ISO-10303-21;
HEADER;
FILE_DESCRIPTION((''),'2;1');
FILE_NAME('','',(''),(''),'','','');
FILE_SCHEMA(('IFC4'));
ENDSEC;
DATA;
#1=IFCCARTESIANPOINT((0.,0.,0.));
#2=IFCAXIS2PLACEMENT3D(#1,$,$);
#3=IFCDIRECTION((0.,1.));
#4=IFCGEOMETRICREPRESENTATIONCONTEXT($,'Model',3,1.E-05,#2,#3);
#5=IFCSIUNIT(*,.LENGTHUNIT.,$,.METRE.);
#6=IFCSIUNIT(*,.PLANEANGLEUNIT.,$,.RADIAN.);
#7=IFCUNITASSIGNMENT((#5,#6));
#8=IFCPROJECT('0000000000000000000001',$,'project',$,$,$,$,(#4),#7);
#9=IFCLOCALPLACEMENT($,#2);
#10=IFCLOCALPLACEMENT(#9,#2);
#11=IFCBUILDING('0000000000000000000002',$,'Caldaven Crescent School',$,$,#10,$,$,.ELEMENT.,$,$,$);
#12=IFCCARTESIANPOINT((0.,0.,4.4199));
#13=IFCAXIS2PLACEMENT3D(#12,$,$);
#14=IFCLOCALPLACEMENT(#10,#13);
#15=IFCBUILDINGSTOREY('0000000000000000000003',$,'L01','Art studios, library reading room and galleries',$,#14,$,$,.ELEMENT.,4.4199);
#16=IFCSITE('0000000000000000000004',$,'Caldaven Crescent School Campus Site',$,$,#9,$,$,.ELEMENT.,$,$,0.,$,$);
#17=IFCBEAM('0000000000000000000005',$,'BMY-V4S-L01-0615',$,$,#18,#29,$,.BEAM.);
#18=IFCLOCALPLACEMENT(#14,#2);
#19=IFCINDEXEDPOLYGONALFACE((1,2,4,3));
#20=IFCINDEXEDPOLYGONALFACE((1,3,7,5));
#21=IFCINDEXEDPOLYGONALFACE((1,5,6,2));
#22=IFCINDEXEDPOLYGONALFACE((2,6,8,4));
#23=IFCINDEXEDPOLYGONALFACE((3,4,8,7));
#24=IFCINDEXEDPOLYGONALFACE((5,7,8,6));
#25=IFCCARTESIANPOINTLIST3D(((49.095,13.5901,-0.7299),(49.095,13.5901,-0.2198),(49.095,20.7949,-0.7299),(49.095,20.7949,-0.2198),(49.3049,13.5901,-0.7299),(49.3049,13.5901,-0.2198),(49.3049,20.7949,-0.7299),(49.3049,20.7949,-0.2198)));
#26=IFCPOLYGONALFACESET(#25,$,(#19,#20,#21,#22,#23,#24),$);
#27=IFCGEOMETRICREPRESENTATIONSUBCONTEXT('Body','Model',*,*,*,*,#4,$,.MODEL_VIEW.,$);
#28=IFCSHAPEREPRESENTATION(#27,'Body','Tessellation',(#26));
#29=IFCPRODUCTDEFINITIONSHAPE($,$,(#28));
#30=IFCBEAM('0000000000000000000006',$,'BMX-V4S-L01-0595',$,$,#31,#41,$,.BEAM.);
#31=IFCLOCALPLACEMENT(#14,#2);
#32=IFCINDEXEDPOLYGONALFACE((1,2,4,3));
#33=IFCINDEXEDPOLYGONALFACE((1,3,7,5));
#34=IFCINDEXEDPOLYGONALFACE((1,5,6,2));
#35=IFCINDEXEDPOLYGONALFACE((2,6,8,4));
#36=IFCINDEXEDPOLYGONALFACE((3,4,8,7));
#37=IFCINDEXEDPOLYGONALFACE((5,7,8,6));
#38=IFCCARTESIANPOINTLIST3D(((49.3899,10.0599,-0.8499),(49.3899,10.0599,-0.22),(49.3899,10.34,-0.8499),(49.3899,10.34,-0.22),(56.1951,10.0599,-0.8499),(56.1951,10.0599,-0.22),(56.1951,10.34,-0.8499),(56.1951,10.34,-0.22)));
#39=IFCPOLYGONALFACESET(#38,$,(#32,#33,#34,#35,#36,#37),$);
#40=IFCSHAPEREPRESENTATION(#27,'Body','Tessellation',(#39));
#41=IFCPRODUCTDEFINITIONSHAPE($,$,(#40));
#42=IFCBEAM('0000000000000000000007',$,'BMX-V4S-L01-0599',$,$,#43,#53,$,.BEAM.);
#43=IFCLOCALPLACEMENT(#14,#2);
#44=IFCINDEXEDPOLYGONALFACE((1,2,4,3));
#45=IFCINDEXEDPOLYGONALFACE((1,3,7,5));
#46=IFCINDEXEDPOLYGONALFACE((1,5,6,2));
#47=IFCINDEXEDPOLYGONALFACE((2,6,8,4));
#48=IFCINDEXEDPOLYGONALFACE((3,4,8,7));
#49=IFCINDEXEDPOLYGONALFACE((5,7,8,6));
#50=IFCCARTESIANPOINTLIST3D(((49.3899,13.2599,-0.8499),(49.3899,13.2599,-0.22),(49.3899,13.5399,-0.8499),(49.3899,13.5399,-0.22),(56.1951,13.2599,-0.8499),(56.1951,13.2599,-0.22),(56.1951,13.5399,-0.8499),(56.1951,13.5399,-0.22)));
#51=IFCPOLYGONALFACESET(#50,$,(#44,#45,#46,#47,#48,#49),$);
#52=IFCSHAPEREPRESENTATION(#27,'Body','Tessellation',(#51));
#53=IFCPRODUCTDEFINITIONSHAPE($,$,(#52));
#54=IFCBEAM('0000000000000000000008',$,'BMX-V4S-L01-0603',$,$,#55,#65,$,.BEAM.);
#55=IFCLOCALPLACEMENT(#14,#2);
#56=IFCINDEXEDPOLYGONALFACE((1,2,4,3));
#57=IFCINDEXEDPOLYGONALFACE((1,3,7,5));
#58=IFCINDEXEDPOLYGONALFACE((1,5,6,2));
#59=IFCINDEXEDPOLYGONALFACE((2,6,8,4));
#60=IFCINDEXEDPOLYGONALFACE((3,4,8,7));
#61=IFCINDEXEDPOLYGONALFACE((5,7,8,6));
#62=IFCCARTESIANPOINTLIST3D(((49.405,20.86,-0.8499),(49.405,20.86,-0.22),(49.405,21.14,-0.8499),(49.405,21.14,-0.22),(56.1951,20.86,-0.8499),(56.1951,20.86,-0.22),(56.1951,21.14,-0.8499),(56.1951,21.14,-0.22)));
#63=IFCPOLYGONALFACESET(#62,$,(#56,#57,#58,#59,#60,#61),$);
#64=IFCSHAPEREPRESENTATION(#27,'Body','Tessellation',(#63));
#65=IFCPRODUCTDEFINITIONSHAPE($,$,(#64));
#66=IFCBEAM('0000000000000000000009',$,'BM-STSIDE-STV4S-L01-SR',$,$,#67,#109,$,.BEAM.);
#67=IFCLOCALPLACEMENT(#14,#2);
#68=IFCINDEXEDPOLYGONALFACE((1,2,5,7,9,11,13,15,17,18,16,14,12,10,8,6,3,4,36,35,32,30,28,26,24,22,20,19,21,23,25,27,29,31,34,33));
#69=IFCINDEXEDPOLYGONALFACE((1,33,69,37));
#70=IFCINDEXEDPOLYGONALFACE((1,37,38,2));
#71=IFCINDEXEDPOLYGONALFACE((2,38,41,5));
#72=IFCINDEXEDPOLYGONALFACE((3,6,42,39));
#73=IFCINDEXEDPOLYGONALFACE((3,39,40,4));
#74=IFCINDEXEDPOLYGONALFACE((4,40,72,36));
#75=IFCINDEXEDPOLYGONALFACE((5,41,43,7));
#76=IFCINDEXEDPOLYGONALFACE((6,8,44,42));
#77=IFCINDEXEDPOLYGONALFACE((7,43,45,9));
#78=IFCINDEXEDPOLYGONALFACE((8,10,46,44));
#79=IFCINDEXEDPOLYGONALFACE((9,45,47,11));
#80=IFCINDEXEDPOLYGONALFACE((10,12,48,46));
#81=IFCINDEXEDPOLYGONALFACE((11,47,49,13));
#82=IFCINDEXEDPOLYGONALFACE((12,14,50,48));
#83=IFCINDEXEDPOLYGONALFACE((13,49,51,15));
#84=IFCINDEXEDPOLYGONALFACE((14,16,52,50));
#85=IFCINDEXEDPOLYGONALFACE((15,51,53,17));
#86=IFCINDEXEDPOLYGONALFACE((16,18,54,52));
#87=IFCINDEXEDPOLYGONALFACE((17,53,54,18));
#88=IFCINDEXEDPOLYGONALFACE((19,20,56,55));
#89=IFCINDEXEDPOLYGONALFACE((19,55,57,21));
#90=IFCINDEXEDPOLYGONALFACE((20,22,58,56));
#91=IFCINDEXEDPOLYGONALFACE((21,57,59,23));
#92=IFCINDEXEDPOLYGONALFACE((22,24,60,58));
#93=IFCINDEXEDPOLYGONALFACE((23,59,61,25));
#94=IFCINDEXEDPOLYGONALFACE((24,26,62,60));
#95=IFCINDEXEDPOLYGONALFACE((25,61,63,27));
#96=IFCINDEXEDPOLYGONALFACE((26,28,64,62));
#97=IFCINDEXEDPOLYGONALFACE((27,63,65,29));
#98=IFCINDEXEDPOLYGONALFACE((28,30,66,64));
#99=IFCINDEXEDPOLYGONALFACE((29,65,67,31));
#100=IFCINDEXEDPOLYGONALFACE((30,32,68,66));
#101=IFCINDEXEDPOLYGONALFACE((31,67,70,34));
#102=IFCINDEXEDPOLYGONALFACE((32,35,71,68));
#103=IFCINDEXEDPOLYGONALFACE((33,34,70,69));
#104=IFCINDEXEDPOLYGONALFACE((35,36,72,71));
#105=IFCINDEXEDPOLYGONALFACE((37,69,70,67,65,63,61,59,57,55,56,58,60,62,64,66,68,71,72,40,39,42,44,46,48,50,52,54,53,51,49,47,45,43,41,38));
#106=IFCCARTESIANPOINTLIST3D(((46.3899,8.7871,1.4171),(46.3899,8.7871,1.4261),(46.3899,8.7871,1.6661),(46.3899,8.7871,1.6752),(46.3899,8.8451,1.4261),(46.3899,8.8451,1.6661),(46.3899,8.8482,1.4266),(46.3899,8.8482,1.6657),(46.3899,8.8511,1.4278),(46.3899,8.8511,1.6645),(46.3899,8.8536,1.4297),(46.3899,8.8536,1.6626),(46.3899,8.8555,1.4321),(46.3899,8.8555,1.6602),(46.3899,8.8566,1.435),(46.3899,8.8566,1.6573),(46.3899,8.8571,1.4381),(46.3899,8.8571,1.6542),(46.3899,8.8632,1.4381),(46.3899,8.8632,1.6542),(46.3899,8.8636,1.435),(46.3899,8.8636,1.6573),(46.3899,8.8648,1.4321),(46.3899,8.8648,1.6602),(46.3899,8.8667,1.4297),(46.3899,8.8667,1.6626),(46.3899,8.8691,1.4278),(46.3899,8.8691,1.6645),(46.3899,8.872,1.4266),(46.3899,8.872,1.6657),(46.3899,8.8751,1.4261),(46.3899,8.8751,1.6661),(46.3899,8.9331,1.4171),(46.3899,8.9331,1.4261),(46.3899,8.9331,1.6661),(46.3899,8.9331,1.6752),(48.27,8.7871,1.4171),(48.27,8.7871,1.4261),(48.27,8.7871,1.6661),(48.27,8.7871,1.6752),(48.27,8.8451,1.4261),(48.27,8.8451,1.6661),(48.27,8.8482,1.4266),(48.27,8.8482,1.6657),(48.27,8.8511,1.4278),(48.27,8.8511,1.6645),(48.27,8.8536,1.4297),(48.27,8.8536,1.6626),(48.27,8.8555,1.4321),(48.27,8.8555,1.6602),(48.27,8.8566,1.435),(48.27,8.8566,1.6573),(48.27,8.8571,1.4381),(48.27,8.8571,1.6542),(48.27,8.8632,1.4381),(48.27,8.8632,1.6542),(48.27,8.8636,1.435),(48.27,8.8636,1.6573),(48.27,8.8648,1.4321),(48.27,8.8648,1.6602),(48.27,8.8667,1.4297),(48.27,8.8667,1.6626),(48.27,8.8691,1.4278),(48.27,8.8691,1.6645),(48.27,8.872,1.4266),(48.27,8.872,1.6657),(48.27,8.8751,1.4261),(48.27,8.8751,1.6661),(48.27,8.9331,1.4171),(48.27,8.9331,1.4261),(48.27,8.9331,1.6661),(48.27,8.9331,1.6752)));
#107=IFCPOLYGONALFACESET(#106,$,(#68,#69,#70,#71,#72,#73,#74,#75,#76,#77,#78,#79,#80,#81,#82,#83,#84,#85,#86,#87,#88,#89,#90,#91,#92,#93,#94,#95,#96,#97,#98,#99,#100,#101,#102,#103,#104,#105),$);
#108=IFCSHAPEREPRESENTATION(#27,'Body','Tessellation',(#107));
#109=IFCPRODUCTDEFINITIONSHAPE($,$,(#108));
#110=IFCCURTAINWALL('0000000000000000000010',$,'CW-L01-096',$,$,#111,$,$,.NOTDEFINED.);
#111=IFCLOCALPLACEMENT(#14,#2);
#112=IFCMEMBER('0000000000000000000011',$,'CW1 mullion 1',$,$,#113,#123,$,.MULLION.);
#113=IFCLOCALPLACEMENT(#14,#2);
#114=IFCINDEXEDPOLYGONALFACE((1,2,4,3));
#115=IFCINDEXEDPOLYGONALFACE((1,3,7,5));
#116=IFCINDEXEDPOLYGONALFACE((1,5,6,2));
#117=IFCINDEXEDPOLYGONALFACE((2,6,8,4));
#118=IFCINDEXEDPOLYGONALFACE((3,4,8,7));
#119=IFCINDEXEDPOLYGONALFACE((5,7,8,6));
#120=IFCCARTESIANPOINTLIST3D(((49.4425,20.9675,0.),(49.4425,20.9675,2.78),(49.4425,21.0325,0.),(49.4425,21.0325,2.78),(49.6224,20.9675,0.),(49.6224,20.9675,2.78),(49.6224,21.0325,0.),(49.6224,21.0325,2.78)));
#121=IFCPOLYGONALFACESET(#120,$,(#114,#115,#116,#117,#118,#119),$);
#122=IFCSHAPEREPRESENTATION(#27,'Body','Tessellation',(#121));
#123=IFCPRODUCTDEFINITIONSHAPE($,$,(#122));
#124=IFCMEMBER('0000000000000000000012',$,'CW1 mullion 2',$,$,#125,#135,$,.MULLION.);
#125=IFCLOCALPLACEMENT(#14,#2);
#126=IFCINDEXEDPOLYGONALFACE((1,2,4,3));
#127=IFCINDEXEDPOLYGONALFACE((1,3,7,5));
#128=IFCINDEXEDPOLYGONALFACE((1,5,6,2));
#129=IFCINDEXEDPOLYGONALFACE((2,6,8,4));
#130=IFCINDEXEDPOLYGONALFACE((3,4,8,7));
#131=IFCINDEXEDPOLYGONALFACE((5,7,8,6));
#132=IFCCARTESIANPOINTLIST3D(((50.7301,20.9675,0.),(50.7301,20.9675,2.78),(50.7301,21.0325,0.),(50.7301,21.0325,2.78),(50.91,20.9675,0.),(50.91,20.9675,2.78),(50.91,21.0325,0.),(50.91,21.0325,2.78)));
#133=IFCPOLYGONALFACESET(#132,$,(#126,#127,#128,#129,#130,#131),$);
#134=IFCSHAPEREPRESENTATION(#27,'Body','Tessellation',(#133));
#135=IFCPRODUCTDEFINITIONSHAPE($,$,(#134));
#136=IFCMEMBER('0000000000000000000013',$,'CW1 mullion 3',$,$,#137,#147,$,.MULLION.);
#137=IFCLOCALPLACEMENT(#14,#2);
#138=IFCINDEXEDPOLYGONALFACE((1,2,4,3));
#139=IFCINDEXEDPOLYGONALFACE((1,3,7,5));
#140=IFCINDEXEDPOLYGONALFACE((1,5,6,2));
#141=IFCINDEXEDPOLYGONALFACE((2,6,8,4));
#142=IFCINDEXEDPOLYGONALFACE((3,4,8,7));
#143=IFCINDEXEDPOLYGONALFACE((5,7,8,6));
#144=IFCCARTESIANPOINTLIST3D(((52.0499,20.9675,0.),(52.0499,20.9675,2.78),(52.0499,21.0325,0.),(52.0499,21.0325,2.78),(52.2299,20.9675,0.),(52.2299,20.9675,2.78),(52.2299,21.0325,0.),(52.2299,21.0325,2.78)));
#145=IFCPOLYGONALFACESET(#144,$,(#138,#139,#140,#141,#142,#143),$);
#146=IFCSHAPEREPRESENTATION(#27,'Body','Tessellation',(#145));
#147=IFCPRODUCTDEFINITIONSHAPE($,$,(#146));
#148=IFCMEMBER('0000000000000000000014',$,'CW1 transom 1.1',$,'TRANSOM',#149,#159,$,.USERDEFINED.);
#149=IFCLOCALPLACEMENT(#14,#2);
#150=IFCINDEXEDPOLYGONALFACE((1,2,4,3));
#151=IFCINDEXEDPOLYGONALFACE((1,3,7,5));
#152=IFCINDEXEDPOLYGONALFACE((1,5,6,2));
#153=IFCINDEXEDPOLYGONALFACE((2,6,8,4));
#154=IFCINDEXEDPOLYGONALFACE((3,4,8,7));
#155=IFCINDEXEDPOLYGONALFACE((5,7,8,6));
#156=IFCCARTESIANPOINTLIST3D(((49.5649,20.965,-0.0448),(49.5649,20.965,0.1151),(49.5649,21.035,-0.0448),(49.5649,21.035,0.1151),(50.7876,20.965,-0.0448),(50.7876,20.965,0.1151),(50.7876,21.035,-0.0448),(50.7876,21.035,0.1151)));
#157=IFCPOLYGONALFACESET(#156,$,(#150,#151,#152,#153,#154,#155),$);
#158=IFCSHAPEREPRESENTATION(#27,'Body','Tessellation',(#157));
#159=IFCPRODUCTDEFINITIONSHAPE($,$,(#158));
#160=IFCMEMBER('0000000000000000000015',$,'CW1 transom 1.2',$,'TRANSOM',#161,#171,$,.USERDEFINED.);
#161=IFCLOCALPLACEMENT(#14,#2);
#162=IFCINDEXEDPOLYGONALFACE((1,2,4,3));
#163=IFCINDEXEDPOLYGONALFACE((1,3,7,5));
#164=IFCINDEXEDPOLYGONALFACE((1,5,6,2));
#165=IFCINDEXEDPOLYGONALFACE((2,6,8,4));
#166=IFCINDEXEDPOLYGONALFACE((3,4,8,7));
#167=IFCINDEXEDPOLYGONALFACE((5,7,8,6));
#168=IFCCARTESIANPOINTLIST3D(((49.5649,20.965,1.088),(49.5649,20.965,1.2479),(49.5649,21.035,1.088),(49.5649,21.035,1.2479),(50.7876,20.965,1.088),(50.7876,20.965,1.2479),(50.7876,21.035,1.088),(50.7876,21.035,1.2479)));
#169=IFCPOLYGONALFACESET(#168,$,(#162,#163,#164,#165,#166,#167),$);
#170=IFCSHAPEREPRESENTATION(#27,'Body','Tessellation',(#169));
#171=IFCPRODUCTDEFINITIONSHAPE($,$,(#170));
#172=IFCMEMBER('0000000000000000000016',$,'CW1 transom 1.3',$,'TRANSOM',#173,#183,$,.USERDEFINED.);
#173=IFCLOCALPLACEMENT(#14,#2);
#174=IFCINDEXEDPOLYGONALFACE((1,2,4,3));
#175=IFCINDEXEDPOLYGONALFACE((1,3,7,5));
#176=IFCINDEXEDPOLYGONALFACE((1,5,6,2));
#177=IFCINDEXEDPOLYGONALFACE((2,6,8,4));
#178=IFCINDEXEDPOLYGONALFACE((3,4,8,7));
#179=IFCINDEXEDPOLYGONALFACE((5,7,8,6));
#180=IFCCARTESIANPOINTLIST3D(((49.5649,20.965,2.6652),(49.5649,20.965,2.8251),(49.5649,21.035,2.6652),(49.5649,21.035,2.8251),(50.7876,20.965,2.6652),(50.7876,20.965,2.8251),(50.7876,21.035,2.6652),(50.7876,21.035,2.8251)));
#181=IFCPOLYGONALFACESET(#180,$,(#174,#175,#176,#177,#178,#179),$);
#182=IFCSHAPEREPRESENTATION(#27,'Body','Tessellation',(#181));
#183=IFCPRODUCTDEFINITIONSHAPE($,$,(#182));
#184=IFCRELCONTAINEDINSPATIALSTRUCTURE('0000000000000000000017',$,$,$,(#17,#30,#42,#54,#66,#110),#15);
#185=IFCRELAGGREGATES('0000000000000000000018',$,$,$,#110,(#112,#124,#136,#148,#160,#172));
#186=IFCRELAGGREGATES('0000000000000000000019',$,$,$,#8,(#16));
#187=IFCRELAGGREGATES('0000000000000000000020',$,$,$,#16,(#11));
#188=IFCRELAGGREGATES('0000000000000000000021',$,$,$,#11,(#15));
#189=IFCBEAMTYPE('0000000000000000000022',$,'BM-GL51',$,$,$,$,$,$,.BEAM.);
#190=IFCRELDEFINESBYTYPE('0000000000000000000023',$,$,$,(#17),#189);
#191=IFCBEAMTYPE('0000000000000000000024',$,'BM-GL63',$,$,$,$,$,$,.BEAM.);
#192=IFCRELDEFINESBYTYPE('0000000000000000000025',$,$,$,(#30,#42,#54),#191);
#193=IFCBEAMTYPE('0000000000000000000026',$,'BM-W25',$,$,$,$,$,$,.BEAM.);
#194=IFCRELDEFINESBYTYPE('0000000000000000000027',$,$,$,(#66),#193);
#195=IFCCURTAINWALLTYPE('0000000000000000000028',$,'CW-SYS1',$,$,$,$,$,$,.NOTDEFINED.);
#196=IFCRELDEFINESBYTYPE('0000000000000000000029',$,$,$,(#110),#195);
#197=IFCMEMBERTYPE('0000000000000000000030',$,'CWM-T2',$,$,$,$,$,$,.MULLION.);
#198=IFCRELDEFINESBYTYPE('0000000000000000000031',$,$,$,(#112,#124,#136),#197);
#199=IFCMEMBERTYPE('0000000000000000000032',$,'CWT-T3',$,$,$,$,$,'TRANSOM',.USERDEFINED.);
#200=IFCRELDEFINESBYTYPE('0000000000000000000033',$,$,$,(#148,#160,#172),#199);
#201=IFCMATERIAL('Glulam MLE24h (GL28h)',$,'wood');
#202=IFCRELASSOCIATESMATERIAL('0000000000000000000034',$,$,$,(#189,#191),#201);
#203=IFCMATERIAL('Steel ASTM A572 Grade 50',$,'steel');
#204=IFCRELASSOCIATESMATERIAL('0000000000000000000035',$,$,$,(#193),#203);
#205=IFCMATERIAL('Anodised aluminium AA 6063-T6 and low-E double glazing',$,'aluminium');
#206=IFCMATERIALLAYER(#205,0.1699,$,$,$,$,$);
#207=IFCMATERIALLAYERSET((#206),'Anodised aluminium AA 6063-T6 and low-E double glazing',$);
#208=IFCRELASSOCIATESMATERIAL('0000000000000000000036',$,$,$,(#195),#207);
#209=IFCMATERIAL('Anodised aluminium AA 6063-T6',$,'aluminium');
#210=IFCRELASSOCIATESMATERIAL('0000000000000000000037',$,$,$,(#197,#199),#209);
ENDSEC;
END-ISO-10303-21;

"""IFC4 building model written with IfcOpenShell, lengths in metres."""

from ifc_helpers import new_model, si_unit, direction, frame, origin, origin_2d, place, context, subcontext, project, spatial, rectangle, i_section, extrude, material, layer, layer_set, material_profile, profile_set, type_object, element, aggregate, save


model = new_model("IFC4")

# Units and contexts
model_context = context("Model", 3, precision=1e-05, world=origin(), true_north=direction((0.0, 1.0)))
body_context = subcontext(model_context, "Body", "Model", "MODEL_VIEW")
ifc_project = project(units=[si_unit("LENGTHUNIT", "METRE"), si_unit("PLANEANGLEUNIT", "RADIAN")], contexts=[model_context])

# Site, building, storey
site_placement = place(None, origin())
site = spatial("IfcSite", under=ifc_project, at=site_placement, Name="Caldaven Crescent School Campus Site", CompositionType="ELEMENT", RefElevation=0.0)
building_placement = place(site_placement, origin())
building = spatial("IfcBuilding", under=site, at=building_placement, Name="Caldaven Crescent School", CompositionType="ELEMENT")
storey_placement = place(building_placement, frame((0.0, 0.0, 4.4199)))
storey = spatial("IfcBuildingStorey", under=building, at=storey_placement, Name="L01", Description="Art studios, library reading room and galleries", CompositionType="ELEMENT", Elevation=4.4199)

# Shared definitions
ifc_material_1 = material(Name="Glulam MLE24h (GL28h)", Category="wood")
ifc_material_2 = material(Name="Steel ASTM A572 Grade 50", Category="steel")

# Beams
ifc_material_profile_1 = material_profile(ifc_material_1, rectangle(XDim=0.21, YDim=0.51, at=origin_2d()), Name="MLE 210x510")
ifc_profile_set_1 = profile_set([ifc_material_profile_1], Name="Glulam MLE24h (GL28h)")
beam_type_1 = type_object("IfcBeamType", Name="BM-GL51", PredefinedType="BEAM", material=ifc_profile_set_1)
beam_1_placement = place(storey_placement, frame((49.2, 13.5901, -0.4749), z_axis=(0.0, 1.0, 0.0), x_axis=(-1.0, 0.0, 0.0)))
element("IfcBeam", 1, at=beam_1_placement, inside=storey, type_object=beam_type_1, Name="BMY-V4S-L01-0615", PredefinedType="BEAM", context=body_context, shape_type="SweptSolid", body=[
    extrude(rectangle(XDim=0.21, YDim=0.51, at=origin_2d()), origin(), (0.0, 0.0, 1.0), 7.2048),
])
ifc_material_profile_2 = material_profile(ifc_material_1, rectangle(XDim=0.28, YDim=0.6299, at=origin_2d()), Name="MLE 280x630")
ifc_profile_set_2 = profile_set([ifc_material_profile_2], Name="Glulam MLE24h (GL28h)")
beam_type_2 = type_object("IfcBeamType", Name="BM-GL63", PredefinedType="BEAM", material=ifc_profile_set_2)
for number, where, z_axis, x_axis, name in (
    (2, (49.3899, 10.2, -0.5349), (1.0, 0.0, 0.0), (0.0, 1.0, 0.0), "BMX-V4S-L01-0595"),
    (3, (49.3899, 13.3999, -0.5349), (1.0, 0.0, 0.0), (0.0, 1.0, 0.0), "BMX-V4S-L01-0599"),
):
    element("IfcBeam", number, at=place(storey_placement, frame(where, z_axis=z_axis, x_axis=x_axis)), inside=storey, type_object=beam_type_2, Name=name, PredefinedType="BEAM", context=body_context, shape_type="SweptSolid", body=[
        extrude(rectangle(XDim=0.28, YDim=0.6299, at=origin_2d()), origin(), (0.0, 0.0, 1.0), 6.8052),
    ])
beam_2_placement = place(storey_placement, frame((49.405, 21.0, -0.5349), z_axis=(1.0, 0.0, 0.0), x_axis=(0.0, 1.0, 0.0)))
element("IfcBeam", 4, at=beam_2_placement, inside=storey, type_object=beam_type_2, Name="BMX-V4S-L01-0603", PredefinedType="BEAM", context=body_context, shape_type="SweptSolid", body=[
    extrude(rectangle(XDim=0.28, YDim=0.6299, at=origin_2d()), origin(), (0.0, 0.0, 1.0), 6.79),
])
ifc_material_profile_3 = material_profile(ifc_material_2, i_section(OverallWidth=0.146, OverallDepth=0.2581, WebThickness=0.0061, FlangeThickness=0.009, FilletRadius=0.012, at=origin_2d()), Name="W250x33")
ifc_profile_set_3 = profile_set([ifc_material_profile_3], Name="Steel ASTM A572 Grade 50")
beam_type_3 = type_object("IfcBeamType", Name="BM-W25", PredefinedType="BEAM", material=ifc_profile_set_3)
beam_3_placement = place(storey_placement, frame((46.3899, 8.8601, 1.5461), z_axis=(1.0, 0.0, 0.0), x_axis=(0.0, 1.0, 0.0)))
element("IfcBeam", 5, at=beam_3_placement, inside=storey, type_object=beam_type_3, Name="BM-STSIDE-STV4S-L01-SR", PredefinedType="BEAM", context=body_context, shape_type="SweptSolid", body=[
    extrude(i_section(OverallWidth=0.146, OverallDepth=0.2581, WebThickness=0.0061, FlangeThickness=0.009, FilletRadius=0.012, at=origin_2d()), origin(), (0.0, 0.0, 1.0), 1.8801),
])

# Curtain wall, members
ifc_material_3 = material(Name="Anodised aluminium AA 6063-T6 and low-E double glazing", Category="aluminium")
ifc_layer_1 = layer(ifc_material_3, 0.1699)
ifc_layer_set_1 = layer_set([ifc_layer_1], Name="Anodised aluminium AA 6063-T6 and low-E double glazing")
curtain_wall_type = type_object("IfcCurtainWallType", Name="CW-SYS1", PredefinedType="NOTDEFINED", material=ifc_layer_set_1)
curtain_wall_placement = place(storey_placement, origin())
curtain_wall = element("IfcCurtainWall", 6, at=curtain_wall_placement, inside=storey, type_object=curtain_wall_type, Name="CW-L01-096", PredefinedType="NOTDEFINED")
ifc_material_4 = material(Name="Anodised aluminium AA 6063-T6", Category="aluminium")
ifc_material_profile_4 = material_profile(ifc_material_4, rectangle(XDim=0.0649, YDim=0.1799, at=origin_2d()), Name="CWM 65x180")
ifc_profile_set_4 = profile_set([ifc_material_profile_4], Name="Anodised aluminium AA 6063-T6")
member_type_1 = type_object("IfcMemberType", Name="CWM-T2", PredefinedType="MULLION", material=ifc_profile_set_4)
member_1_placement = place(storey_placement, frame((49.5325, 21.0, 0.0), z_axis=(0.0, 0.0, 1.0), x_axis=(0.0, 1.0, 0.0)))
member_1 = element("IfcMember", 7, at=member_1_placement, type_object=member_type_1, Name="CW1 mullion 1", PredefinedType="MULLION", context=body_context, shape_type="SweptSolid", body=[
    extrude(rectangle(XDim=0.0649, YDim=0.1799, at=origin_2d()), origin(), (0.0, 0.0, 1.0), 2.78),
])
member_2_placement = place(storey_placement, frame((50.8201, 21.0, 0.0), z_axis=(0.0, 0.0, 1.0), x_axis=(0.0, 1.0, 0.0)))
member_2 = element("IfcMember", 8, at=member_2_placement, type_object=member_type_1, Name="CW1 mullion 2", PredefinedType="MULLION", context=body_context, shape_type="SweptSolid", body=[
    extrude(rectangle(XDim=0.0649, YDim=0.1799, at=origin_2d()), origin(), (0.0, 0.0, 1.0), 2.78),
])
member_3_placement = place(storey_placement, frame((52.1399, 21.0, 0.0), z_axis=(0.0, 0.0, 1.0), x_axis=(0.0, 1.0, 0.0)))
member_3 = element("IfcMember", 9, at=member_3_placement, type_object=member_type_1, Name="CW1 mullion 3", PredefinedType="MULLION", context=body_context, shape_type="SweptSolid", body=[
    extrude(rectangle(XDim=0.0649, YDim=0.1799, at=origin_2d()), origin(), (0.0, 0.0, 1.0), 2.78),
])
ifc_material_profile_5 = material_profile(ifc_material_4, rectangle(XDim=0.0701, YDim=0.1599, at=origin_2d()), Name="CWT 70x160")
ifc_profile_set_5 = profile_set([ifc_material_profile_5], Name="Anodised aluminium AA 6063-T6")
member_type_2 = type_object("IfcMemberType", Name="CWT-T3", ElementType="TRANSOM", PredefinedType="USERDEFINED", material=ifc_profile_set_5)
member_4_placement = place(storey_placement, frame((49.5649, 21.0, 0.0352), z_axis=(1.0, 0.0, 0.0), x_axis=(0.0, 1.0, 0.0)))
member_4 = element("IfcMember", 10, at=member_4_placement, type_object=member_type_2, Name="CW1 transom 1.1", ObjectType="TRANSOM", PredefinedType="USERDEFINED", context=body_context, shape_type="SweptSolid", body=[
    extrude(rectangle(XDim=0.0701, YDim=0.1599, at=origin_2d()), origin(), (0.0, 0.0, 1.0), 1.2227),
])
member_5_placement = place(storey_placement, frame((49.5649, 21.0, 1.168), z_axis=(1.0, 0.0, 0.0), x_axis=(0.0, 1.0, 0.0)))
member_5 = element("IfcMember", 11, at=member_5_placement, type_object=member_type_2, Name="CW1 transom 1.2", ObjectType="TRANSOM", PredefinedType="USERDEFINED", context=body_context, shape_type="SweptSolid", body=[
    extrude(rectangle(XDim=0.0701, YDim=0.1599, at=origin_2d()), origin(), (0.0, 0.0, 1.0), 1.2227),
])
member_6_placement = place(storey_placement, frame((49.5649, 21.0, 2.7451), z_axis=(1.0, 0.0, 0.0), x_axis=(0.0, 1.0, 0.0)))
member_6 = element("IfcMember", 12, at=member_6_placement, type_object=member_type_2, Name="CW1 transom 1.3", ObjectType="TRANSOM", PredefinedType="USERDEFINED", context=body_context, shape_type="SweptSolid", body=[
    extrude(rectangle(XDim=0.0701, YDim=0.1599, at=origin_2d()), origin(), (0.0, 0.0, 1.0), 1.2227),
])

aggregate(curtain_wall, [member_1, member_2, member_3, member_4, member_5, member_6])

save(model, "model.ifc")
